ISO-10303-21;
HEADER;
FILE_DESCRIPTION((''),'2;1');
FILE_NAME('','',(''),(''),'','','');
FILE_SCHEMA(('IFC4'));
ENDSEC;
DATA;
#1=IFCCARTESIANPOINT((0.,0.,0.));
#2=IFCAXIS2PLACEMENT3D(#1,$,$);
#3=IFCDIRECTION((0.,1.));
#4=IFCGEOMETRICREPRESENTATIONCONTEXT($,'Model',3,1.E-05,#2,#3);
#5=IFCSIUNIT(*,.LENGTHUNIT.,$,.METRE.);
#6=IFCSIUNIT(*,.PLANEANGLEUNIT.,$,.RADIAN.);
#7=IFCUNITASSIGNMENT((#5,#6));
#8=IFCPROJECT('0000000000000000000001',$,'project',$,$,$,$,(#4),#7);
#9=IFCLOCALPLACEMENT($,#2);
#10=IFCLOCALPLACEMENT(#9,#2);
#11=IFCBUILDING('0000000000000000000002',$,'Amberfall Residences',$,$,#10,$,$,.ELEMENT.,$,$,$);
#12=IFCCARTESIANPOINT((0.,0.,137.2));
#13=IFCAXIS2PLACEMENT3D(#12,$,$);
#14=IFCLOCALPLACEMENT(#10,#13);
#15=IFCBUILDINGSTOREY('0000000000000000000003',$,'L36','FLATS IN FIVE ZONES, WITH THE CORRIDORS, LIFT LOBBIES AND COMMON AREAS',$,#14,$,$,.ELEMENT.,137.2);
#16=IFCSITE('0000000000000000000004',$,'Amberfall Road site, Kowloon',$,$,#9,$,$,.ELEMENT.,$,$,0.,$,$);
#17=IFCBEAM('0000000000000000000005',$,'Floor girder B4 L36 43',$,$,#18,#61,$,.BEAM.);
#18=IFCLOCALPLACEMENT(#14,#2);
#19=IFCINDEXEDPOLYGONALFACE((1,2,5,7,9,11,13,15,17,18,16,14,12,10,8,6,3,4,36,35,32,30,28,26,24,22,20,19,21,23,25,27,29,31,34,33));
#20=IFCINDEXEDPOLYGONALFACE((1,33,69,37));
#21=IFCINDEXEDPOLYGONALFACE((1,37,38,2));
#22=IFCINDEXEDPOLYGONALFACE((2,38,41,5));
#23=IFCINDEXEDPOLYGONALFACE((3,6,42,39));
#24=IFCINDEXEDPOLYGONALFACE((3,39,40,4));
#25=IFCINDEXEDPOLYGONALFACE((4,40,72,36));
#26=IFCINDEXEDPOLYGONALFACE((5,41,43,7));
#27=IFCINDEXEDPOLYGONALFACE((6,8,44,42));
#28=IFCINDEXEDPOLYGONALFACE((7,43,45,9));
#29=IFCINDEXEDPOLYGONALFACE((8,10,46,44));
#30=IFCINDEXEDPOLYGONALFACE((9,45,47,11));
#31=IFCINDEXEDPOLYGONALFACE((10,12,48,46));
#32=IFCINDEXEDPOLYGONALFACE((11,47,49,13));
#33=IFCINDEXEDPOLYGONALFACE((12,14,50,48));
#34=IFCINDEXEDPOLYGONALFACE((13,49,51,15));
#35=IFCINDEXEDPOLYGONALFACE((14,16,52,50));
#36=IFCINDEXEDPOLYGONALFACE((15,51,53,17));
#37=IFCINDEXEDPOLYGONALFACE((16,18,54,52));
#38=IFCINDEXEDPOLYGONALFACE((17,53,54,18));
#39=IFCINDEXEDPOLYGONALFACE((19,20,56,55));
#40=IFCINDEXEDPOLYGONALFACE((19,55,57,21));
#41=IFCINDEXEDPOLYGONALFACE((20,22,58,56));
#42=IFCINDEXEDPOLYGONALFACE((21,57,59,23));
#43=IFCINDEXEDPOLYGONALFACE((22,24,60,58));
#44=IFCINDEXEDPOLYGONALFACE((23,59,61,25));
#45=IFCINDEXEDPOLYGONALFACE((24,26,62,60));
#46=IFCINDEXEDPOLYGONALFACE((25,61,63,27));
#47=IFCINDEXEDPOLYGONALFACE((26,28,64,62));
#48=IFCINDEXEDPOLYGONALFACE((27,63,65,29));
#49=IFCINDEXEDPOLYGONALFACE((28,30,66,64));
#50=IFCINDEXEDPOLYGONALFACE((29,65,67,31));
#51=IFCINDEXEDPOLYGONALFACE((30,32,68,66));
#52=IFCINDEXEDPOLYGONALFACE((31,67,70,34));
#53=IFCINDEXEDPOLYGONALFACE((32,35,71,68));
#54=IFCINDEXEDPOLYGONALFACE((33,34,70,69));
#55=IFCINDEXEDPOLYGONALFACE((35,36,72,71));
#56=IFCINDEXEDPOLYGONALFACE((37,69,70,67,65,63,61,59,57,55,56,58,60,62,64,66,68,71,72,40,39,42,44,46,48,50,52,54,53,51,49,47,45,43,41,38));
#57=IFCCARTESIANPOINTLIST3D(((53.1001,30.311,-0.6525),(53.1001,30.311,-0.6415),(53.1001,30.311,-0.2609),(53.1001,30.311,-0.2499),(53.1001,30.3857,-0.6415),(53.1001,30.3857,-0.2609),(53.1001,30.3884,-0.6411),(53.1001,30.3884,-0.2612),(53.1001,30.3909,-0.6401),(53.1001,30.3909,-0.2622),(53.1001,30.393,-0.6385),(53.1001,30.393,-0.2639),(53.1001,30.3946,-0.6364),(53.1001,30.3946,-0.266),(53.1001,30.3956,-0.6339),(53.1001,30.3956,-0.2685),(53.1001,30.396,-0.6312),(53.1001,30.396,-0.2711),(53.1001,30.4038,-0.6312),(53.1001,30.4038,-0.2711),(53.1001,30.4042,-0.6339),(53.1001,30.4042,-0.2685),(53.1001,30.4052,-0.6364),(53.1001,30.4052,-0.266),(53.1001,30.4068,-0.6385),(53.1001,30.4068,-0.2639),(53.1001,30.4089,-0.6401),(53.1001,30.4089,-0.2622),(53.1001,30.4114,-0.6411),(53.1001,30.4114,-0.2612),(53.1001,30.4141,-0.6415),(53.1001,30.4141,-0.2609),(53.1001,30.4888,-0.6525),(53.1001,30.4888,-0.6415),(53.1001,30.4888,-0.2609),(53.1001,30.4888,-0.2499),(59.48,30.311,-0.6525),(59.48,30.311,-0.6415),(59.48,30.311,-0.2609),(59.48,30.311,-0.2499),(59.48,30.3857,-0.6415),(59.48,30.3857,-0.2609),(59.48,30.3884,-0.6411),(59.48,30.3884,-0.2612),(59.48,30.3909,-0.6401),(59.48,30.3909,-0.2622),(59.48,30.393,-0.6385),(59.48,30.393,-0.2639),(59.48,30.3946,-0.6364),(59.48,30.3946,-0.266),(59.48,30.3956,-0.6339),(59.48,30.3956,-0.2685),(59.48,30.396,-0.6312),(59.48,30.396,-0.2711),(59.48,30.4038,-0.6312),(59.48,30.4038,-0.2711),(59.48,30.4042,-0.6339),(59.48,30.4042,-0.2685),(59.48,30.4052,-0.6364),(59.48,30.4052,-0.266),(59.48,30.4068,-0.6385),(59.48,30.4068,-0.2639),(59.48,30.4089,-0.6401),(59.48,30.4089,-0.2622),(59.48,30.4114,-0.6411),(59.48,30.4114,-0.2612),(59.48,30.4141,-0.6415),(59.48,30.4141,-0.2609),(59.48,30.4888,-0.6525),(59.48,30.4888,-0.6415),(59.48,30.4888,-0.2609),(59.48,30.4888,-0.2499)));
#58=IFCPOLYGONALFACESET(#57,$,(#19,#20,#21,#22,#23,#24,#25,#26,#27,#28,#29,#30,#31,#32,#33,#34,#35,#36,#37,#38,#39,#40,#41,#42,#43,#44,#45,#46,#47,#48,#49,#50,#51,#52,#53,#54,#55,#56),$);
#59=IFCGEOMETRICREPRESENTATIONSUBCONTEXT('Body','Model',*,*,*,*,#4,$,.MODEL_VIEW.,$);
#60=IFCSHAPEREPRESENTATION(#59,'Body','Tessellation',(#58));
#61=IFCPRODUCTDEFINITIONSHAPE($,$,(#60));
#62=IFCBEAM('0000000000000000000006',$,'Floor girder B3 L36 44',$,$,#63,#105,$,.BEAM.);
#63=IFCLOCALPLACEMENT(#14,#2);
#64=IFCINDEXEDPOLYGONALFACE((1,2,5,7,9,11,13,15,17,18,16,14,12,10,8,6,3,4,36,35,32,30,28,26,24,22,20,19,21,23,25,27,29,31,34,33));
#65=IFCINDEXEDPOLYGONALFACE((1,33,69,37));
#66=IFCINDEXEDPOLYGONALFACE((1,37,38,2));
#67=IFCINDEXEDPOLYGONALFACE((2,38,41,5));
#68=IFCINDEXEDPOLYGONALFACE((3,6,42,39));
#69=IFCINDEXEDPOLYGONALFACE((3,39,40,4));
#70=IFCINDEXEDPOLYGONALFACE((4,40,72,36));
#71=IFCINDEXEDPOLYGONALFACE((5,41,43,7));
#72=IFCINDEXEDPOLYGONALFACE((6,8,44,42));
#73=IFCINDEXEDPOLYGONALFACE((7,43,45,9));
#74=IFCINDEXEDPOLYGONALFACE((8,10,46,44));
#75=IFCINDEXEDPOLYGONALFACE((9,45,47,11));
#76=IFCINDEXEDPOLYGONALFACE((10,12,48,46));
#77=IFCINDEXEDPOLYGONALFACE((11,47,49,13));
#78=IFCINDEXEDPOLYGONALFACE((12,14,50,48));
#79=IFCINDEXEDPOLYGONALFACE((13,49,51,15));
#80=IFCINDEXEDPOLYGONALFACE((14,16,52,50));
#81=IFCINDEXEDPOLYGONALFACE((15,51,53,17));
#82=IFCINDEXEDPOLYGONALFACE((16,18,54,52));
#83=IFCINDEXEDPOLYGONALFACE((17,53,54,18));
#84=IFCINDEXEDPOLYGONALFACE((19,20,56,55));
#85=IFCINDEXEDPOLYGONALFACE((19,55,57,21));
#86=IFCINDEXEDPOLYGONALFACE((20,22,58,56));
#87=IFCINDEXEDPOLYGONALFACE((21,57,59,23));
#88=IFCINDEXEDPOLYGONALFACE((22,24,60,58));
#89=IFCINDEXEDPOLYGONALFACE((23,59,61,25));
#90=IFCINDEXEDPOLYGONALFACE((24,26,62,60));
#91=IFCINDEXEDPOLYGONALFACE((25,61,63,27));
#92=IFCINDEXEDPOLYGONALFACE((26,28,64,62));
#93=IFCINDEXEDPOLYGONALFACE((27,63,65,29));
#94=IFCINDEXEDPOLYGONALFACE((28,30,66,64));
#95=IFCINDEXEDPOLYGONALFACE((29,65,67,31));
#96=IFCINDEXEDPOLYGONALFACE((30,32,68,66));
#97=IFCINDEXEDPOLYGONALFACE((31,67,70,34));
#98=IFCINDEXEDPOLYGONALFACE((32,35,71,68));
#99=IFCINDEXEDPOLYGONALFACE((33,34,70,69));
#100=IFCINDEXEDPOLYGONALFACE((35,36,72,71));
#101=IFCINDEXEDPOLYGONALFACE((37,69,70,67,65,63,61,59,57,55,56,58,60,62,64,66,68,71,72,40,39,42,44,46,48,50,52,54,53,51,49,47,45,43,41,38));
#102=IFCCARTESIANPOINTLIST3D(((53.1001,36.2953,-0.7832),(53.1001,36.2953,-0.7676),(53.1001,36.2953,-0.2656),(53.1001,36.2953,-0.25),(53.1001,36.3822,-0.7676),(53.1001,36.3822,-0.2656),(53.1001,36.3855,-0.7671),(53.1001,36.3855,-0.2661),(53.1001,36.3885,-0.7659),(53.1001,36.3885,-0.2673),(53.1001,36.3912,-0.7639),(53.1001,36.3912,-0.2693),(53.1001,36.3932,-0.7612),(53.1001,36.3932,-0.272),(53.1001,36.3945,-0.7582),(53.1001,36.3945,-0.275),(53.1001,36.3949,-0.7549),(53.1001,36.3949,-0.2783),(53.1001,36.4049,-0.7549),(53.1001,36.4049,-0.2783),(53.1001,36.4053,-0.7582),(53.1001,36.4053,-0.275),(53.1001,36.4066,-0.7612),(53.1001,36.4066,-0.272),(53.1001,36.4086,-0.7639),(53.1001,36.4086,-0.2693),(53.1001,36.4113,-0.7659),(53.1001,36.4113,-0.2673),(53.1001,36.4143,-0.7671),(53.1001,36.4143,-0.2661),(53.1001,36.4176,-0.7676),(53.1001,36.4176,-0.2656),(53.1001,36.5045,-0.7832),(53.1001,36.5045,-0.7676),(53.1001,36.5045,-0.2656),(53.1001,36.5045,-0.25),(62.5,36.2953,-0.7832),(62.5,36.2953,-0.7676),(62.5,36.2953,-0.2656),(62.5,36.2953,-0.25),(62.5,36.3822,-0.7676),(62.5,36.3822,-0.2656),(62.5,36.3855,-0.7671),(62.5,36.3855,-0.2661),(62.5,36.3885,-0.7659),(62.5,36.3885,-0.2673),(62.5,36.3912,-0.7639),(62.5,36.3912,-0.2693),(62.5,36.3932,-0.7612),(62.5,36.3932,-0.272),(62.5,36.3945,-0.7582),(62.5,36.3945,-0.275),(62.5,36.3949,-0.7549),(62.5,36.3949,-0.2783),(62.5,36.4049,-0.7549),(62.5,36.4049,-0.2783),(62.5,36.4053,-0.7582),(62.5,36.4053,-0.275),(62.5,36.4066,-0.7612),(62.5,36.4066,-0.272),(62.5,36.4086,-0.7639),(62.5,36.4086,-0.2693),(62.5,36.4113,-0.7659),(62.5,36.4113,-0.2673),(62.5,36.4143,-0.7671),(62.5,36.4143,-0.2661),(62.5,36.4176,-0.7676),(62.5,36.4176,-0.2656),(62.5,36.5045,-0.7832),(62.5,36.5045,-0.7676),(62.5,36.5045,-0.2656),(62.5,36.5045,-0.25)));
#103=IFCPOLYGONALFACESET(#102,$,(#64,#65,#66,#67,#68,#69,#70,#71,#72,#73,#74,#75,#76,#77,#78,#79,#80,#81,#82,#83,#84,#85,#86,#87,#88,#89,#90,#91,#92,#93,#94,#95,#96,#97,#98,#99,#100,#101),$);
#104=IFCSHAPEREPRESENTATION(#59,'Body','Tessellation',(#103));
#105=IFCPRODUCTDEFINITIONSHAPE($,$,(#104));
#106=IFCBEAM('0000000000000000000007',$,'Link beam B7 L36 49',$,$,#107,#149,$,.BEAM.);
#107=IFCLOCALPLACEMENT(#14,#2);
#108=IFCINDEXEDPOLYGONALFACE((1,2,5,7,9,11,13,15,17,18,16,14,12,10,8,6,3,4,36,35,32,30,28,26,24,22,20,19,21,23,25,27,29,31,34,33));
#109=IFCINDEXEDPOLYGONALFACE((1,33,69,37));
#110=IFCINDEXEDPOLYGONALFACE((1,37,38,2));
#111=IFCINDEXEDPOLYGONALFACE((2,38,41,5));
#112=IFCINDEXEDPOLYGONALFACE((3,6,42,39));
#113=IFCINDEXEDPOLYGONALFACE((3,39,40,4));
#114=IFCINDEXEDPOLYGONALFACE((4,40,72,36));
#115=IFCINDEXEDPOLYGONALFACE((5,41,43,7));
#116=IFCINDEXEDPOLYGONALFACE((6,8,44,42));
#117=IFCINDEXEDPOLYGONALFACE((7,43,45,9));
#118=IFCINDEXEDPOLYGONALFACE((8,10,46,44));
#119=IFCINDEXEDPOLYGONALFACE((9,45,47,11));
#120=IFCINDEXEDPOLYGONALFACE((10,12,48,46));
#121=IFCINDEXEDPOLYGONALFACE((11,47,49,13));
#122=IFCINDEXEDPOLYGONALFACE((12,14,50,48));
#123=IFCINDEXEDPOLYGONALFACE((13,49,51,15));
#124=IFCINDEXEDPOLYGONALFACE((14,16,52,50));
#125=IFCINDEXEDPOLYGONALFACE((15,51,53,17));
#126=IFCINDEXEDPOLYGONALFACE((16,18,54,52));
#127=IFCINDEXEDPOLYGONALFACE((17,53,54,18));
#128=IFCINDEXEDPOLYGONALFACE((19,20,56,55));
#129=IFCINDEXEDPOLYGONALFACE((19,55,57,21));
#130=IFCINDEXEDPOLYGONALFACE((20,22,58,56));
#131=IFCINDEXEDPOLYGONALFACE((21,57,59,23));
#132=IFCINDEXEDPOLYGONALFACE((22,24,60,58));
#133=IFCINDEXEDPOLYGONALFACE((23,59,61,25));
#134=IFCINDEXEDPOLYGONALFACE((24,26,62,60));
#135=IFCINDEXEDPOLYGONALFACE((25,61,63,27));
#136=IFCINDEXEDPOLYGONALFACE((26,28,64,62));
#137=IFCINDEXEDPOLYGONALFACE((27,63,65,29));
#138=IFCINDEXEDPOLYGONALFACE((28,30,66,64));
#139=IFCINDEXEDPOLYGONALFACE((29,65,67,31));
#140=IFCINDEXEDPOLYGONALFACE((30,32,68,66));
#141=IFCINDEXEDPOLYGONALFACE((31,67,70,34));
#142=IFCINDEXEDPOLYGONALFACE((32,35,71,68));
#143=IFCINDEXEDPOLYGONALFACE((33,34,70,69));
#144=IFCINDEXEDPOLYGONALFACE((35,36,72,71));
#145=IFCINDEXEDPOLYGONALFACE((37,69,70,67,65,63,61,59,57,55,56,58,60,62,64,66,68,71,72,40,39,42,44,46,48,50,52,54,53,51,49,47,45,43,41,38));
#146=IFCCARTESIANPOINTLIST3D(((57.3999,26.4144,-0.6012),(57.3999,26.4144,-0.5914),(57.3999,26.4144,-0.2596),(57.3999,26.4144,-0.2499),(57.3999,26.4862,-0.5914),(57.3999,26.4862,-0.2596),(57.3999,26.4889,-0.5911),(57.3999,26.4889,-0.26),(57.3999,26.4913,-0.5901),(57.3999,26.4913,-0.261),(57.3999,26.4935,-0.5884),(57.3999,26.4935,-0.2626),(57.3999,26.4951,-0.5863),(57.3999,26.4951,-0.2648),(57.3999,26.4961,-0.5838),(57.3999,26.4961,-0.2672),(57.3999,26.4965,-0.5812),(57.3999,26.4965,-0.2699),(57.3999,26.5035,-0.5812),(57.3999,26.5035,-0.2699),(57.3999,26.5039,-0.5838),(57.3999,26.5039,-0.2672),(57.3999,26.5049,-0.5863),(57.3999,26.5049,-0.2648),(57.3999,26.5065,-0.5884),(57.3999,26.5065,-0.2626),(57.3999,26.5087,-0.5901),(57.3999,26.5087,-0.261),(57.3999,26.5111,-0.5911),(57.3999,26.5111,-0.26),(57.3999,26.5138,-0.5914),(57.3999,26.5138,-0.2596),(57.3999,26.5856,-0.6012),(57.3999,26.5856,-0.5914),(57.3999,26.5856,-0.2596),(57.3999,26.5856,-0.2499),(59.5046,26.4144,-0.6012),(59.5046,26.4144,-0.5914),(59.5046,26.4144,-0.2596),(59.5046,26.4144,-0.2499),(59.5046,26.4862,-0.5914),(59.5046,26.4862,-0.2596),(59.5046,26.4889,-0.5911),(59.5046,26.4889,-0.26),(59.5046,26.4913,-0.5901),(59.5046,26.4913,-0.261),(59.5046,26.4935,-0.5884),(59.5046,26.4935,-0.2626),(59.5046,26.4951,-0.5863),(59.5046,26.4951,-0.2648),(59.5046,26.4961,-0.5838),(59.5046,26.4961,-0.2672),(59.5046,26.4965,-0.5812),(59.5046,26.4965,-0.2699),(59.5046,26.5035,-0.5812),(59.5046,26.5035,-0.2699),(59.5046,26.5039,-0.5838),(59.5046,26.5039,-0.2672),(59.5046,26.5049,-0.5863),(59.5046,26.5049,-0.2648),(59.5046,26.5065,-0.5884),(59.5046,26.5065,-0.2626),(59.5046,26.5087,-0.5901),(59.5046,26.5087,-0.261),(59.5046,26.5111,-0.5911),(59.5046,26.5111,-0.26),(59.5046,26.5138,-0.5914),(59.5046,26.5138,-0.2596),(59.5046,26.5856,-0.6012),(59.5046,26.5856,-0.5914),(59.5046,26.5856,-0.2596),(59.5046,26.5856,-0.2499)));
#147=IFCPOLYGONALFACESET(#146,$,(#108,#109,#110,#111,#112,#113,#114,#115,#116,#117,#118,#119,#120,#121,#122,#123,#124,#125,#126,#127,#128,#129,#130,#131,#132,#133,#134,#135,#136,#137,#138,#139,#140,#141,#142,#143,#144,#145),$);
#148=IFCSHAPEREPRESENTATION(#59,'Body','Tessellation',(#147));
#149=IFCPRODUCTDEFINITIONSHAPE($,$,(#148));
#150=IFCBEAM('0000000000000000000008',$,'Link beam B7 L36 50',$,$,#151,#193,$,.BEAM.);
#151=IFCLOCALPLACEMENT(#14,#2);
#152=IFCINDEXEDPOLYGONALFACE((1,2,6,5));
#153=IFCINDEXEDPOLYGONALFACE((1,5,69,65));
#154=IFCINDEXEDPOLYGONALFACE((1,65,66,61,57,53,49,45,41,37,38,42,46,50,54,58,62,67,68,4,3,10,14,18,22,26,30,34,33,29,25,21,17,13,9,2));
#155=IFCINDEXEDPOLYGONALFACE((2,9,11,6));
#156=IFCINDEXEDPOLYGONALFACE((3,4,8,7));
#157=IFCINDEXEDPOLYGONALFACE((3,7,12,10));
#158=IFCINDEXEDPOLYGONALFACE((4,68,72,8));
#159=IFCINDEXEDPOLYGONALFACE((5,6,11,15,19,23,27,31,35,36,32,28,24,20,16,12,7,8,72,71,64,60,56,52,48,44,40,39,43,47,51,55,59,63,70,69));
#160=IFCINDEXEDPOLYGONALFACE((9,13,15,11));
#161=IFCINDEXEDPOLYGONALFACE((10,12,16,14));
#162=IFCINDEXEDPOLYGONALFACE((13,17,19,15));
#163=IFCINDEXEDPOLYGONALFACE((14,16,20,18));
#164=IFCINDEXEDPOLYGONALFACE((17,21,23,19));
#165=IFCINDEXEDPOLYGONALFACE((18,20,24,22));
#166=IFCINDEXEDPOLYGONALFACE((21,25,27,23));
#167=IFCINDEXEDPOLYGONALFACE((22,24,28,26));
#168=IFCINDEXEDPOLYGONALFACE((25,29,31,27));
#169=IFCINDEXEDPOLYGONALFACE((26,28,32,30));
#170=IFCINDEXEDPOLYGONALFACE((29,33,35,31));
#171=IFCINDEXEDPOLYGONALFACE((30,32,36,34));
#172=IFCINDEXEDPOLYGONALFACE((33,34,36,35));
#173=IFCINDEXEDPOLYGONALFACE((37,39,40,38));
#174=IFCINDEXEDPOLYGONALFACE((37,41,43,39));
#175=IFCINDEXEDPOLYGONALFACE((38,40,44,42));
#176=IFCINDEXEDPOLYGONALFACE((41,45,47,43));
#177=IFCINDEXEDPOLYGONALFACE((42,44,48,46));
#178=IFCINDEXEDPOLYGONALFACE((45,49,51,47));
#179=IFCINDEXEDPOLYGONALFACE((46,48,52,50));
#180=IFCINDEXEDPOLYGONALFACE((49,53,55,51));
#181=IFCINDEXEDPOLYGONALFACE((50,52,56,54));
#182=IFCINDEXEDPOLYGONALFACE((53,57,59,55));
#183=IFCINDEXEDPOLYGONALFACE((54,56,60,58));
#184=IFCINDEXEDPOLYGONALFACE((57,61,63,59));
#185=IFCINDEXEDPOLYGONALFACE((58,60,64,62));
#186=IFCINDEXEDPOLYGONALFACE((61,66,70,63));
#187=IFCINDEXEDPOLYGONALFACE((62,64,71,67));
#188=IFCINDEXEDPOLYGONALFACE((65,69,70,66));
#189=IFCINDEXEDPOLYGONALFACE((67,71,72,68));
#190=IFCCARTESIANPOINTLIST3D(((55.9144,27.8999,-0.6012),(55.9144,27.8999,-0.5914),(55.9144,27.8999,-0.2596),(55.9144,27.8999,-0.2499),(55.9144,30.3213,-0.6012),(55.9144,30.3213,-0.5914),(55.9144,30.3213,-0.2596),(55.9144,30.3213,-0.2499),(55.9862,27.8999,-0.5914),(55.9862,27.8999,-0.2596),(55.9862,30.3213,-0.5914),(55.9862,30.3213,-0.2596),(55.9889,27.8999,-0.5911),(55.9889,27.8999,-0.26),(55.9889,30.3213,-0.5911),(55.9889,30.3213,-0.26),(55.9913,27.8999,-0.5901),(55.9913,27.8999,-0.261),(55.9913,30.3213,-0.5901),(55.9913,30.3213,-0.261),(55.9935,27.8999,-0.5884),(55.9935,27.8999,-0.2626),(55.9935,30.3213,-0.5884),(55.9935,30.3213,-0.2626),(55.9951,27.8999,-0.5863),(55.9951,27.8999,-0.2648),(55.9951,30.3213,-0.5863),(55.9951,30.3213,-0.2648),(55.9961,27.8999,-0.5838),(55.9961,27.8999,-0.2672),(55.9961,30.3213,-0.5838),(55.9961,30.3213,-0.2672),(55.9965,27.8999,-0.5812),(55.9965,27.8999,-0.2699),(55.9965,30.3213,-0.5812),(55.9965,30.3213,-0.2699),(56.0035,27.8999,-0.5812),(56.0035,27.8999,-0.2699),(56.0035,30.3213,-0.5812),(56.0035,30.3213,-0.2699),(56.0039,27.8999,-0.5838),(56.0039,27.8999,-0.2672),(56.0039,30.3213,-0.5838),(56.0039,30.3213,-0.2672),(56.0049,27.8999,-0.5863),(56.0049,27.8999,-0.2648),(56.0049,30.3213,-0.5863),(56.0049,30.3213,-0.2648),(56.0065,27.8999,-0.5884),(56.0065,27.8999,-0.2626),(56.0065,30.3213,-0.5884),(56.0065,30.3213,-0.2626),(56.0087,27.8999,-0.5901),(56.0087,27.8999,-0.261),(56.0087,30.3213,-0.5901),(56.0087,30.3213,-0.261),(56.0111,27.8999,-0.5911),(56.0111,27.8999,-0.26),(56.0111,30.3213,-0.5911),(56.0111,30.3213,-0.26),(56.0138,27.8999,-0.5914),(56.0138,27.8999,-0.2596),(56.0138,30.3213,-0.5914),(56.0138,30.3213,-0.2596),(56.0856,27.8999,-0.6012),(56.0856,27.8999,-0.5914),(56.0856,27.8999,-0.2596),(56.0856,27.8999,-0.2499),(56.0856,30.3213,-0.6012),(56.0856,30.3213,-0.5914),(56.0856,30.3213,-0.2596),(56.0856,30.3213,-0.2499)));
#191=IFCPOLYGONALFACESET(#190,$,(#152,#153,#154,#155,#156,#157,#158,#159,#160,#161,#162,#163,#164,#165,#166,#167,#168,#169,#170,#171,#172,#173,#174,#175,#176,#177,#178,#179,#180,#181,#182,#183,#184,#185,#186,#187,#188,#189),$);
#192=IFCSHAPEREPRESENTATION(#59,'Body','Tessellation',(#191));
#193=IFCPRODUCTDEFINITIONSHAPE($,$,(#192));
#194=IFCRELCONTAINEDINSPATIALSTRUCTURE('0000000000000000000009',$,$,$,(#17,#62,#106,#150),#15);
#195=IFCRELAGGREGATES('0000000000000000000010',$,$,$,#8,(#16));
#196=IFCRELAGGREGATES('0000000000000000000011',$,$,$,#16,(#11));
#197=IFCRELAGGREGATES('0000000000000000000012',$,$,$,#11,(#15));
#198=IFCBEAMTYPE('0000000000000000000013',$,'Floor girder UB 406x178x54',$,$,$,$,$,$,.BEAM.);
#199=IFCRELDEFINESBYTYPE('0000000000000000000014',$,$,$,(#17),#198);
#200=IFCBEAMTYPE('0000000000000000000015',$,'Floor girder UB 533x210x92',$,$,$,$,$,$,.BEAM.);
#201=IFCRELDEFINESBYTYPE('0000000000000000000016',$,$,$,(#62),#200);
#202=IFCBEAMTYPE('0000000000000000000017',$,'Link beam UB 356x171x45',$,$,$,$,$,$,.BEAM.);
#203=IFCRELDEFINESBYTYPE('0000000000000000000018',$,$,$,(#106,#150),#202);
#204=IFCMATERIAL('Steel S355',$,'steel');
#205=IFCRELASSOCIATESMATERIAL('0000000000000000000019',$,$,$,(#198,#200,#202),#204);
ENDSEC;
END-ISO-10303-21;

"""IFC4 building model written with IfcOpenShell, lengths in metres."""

from ifc_helpers import new_model, si_unit, direction, frame, origin, origin_2d, place, context, subcontext, project, spatial, i_section, extrude, material, material_profile, profile_set, type_object, element, save


model = new_model("IFC4")

# Units and contexts
model_context = context("Model", 3, precision=1e-05, world=origin(), true_north=direction((0.0, 1.0)))
body_context = subcontext(model_context, "Body", "Model", "MODEL_VIEW")
ifc_project = project(units=[si_unit("LENGTHUNIT", "METRE"), si_unit("PLANEANGLEUNIT", "RADIAN")], contexts=[model_context])

# Site, building, storey
site_placement = place(None, origin())
site = spatial("IfcSite", under=ifc_project, at=site_placement, Name="Amberfall Road site, Kowloon", CompositionType="ELEMENT", RefElevation=0.0)
building_placement = place(site_placement, origin())
building = spatial("IfcBuilding", under=site, at=building_placement, Name="Amberfall Residences", CompositionType="ELEMENT")
storey_placement = place(building_placement, frame((0.0, 0.0, 137.2)))
storey = spatial("IfcBuildingStorey", under=building, at=storey_placement, Name="L36", Description="FLATS IN FIVE ZONES, WITH THE CORRIDORS, LIFT LOBBIES AND COMMON AREAS", CompositionType="ELEMENT", Elevation=137.2)

# Beams
ifc_material_1 = material(Name="Steel S355", Category="steel")
ifc_material_profile_1 = material_profile(ifc_material_1, i_section(OverallWidth=0.1777, OverallDepth=0.4026, WebThickness=0.0078, FlangeThickness=0.011, FilletRadius=0.0103, at=origin_2d()), Name="UB 406x178x54")
ifc_profile_set_1 = profile_set([ifc_material_profile_1], Name="Steel S355")
beam_type_1 = type_object("IfcBeamType", Name="Floor girder UB 406x178x54", PredefinedType="BEAM", material=ifc_profile_set_1)
beam_1_placement = place(storey_placement, frame((53.1001, 30.3999, -0.4512), z_axis=(1.0, 0.0, 0.0), x_axis=(0.0, 1.0, 0.0)))
element("IfcBeam", 1, at=beam_1_placement, inside=storey, type_object=beam_type_1, Name="Floor girder B4 L36 43", PredefinedType="BEAM", context=body_context, shape_type="SweptSolid", body=[
    extrude(i_section(OverallWidth=0.1777, OverallDepth=0.4026, WebThickness=0.0078, FlangeThickness=0.011, FilletRadius=0.0103, at=origin_2d()), origin(), (0.0, 0.0, 1.0), 6.3799),
])
ifc_material_profile_2 = material_profile(ifc_material_1, i_section(OverallWidth=0.2092, OverallDepth=0.5332, WebThickness=0.01, FlangeThickness=0.0156, FilletRadius=0.0127, at=origin_2d()), Name="UB 533x210x92")
ifc_profile_set_2 = profile_set([ifc_material_profile_2], Name="Steel S355")
beam_type_2 = type_object("IfcBeamType", Name="Floor girder UB 533x210x92", PredefinedType="BEAM", material=ifc_profile_set_2)
beam_2_placement = place(storey_placement, frame((53.1001, 36.3999, -0.5166), z_axis=(1.0, 0.0, 0.0), x_axis=(0.0, 1.0, 0.0)))
element("IfcBeam", 2, at=beam_2_placement, inside=storey, type_object=beam_type_2, Name="Floor girder B3 L36 44", PredefinedType="BEAM", context=body_context, shape_type="SweptSolid", body=[
    extrude(i_section(OverallWidth=0.2092, OverallDepth=0.5332, WebThickness=0.01, FlangeThickness=0.0156, FilletRadius=0.0127, at=origin_2d()), origin(), (0.0, 0.0, 1.0), 9.3999),
])
ifc_material_profile_3 = material_profile(ifc_material_1, i_section(OverallWidth=0.1711, OverallDepth=0.3513, WebThickness=0.0071, FlangeThickness=0.0098, FilletRadius=0.0103, at=origin_2d()), Name="UB 356x171x45")
ifc_profile_set_3 = profile_set([ifc_material_profile_3], Name="Steel S355")
beam_type_3 = type_object("IfcBeamType", Name="Link beam UB 356x171x45", PredefinedType="BEAM", material=ifc_profile_set_3)
beam_3_placement = place(storey_placement, frame((57.3999, 26.5, -0.4255), z_axis=(1.0, 0.0, 0.0), x_axis=(0.0, 1.0, 0.0)))
element("IfcBeam", 3, at=beam_3_placement, inside=storey, type_object=beam_type_3, Name="Link beam B7 L36 49", PredefinedType="BEAM", context=body_context, shape_type="SweptSolid", body=[
    extrude(i_section(OverallWidth=0.1711, OverallDepth=0.3513, WebThickness=0.0071, FlangeThickness=0.0098, FilletRadius=0.0103, at=origin_2d()), origin(), (0.0, 0.0, 1.0), 2.1047),
])
beam_4_placement = place(storey_placement, frame((56.0, 27.8999, -0.4255), z_axis=(0.0, 1.0, 0.0), x_axis=(-1.0, 0.0, 0.0)))
element("IfcBeam", 4, at=beam_4_placement, inside=storey, type_object=beam_type_3, Name="Link beam B7 L36 50", PredefinedType="BEAM", context=body_context, shape_type="SweptSolid", body=[
    extrude(i_section(OverallWidth=0.1711, OverallDepth=0.3513, WebThickness=0.0071, FlangeThickness=0.0098, FilletRadius=0.0103, at=origin_2d()), origin(), (0.0, 0.0, 1.0), 2.4214),
])

save(model, "model.ifc")
